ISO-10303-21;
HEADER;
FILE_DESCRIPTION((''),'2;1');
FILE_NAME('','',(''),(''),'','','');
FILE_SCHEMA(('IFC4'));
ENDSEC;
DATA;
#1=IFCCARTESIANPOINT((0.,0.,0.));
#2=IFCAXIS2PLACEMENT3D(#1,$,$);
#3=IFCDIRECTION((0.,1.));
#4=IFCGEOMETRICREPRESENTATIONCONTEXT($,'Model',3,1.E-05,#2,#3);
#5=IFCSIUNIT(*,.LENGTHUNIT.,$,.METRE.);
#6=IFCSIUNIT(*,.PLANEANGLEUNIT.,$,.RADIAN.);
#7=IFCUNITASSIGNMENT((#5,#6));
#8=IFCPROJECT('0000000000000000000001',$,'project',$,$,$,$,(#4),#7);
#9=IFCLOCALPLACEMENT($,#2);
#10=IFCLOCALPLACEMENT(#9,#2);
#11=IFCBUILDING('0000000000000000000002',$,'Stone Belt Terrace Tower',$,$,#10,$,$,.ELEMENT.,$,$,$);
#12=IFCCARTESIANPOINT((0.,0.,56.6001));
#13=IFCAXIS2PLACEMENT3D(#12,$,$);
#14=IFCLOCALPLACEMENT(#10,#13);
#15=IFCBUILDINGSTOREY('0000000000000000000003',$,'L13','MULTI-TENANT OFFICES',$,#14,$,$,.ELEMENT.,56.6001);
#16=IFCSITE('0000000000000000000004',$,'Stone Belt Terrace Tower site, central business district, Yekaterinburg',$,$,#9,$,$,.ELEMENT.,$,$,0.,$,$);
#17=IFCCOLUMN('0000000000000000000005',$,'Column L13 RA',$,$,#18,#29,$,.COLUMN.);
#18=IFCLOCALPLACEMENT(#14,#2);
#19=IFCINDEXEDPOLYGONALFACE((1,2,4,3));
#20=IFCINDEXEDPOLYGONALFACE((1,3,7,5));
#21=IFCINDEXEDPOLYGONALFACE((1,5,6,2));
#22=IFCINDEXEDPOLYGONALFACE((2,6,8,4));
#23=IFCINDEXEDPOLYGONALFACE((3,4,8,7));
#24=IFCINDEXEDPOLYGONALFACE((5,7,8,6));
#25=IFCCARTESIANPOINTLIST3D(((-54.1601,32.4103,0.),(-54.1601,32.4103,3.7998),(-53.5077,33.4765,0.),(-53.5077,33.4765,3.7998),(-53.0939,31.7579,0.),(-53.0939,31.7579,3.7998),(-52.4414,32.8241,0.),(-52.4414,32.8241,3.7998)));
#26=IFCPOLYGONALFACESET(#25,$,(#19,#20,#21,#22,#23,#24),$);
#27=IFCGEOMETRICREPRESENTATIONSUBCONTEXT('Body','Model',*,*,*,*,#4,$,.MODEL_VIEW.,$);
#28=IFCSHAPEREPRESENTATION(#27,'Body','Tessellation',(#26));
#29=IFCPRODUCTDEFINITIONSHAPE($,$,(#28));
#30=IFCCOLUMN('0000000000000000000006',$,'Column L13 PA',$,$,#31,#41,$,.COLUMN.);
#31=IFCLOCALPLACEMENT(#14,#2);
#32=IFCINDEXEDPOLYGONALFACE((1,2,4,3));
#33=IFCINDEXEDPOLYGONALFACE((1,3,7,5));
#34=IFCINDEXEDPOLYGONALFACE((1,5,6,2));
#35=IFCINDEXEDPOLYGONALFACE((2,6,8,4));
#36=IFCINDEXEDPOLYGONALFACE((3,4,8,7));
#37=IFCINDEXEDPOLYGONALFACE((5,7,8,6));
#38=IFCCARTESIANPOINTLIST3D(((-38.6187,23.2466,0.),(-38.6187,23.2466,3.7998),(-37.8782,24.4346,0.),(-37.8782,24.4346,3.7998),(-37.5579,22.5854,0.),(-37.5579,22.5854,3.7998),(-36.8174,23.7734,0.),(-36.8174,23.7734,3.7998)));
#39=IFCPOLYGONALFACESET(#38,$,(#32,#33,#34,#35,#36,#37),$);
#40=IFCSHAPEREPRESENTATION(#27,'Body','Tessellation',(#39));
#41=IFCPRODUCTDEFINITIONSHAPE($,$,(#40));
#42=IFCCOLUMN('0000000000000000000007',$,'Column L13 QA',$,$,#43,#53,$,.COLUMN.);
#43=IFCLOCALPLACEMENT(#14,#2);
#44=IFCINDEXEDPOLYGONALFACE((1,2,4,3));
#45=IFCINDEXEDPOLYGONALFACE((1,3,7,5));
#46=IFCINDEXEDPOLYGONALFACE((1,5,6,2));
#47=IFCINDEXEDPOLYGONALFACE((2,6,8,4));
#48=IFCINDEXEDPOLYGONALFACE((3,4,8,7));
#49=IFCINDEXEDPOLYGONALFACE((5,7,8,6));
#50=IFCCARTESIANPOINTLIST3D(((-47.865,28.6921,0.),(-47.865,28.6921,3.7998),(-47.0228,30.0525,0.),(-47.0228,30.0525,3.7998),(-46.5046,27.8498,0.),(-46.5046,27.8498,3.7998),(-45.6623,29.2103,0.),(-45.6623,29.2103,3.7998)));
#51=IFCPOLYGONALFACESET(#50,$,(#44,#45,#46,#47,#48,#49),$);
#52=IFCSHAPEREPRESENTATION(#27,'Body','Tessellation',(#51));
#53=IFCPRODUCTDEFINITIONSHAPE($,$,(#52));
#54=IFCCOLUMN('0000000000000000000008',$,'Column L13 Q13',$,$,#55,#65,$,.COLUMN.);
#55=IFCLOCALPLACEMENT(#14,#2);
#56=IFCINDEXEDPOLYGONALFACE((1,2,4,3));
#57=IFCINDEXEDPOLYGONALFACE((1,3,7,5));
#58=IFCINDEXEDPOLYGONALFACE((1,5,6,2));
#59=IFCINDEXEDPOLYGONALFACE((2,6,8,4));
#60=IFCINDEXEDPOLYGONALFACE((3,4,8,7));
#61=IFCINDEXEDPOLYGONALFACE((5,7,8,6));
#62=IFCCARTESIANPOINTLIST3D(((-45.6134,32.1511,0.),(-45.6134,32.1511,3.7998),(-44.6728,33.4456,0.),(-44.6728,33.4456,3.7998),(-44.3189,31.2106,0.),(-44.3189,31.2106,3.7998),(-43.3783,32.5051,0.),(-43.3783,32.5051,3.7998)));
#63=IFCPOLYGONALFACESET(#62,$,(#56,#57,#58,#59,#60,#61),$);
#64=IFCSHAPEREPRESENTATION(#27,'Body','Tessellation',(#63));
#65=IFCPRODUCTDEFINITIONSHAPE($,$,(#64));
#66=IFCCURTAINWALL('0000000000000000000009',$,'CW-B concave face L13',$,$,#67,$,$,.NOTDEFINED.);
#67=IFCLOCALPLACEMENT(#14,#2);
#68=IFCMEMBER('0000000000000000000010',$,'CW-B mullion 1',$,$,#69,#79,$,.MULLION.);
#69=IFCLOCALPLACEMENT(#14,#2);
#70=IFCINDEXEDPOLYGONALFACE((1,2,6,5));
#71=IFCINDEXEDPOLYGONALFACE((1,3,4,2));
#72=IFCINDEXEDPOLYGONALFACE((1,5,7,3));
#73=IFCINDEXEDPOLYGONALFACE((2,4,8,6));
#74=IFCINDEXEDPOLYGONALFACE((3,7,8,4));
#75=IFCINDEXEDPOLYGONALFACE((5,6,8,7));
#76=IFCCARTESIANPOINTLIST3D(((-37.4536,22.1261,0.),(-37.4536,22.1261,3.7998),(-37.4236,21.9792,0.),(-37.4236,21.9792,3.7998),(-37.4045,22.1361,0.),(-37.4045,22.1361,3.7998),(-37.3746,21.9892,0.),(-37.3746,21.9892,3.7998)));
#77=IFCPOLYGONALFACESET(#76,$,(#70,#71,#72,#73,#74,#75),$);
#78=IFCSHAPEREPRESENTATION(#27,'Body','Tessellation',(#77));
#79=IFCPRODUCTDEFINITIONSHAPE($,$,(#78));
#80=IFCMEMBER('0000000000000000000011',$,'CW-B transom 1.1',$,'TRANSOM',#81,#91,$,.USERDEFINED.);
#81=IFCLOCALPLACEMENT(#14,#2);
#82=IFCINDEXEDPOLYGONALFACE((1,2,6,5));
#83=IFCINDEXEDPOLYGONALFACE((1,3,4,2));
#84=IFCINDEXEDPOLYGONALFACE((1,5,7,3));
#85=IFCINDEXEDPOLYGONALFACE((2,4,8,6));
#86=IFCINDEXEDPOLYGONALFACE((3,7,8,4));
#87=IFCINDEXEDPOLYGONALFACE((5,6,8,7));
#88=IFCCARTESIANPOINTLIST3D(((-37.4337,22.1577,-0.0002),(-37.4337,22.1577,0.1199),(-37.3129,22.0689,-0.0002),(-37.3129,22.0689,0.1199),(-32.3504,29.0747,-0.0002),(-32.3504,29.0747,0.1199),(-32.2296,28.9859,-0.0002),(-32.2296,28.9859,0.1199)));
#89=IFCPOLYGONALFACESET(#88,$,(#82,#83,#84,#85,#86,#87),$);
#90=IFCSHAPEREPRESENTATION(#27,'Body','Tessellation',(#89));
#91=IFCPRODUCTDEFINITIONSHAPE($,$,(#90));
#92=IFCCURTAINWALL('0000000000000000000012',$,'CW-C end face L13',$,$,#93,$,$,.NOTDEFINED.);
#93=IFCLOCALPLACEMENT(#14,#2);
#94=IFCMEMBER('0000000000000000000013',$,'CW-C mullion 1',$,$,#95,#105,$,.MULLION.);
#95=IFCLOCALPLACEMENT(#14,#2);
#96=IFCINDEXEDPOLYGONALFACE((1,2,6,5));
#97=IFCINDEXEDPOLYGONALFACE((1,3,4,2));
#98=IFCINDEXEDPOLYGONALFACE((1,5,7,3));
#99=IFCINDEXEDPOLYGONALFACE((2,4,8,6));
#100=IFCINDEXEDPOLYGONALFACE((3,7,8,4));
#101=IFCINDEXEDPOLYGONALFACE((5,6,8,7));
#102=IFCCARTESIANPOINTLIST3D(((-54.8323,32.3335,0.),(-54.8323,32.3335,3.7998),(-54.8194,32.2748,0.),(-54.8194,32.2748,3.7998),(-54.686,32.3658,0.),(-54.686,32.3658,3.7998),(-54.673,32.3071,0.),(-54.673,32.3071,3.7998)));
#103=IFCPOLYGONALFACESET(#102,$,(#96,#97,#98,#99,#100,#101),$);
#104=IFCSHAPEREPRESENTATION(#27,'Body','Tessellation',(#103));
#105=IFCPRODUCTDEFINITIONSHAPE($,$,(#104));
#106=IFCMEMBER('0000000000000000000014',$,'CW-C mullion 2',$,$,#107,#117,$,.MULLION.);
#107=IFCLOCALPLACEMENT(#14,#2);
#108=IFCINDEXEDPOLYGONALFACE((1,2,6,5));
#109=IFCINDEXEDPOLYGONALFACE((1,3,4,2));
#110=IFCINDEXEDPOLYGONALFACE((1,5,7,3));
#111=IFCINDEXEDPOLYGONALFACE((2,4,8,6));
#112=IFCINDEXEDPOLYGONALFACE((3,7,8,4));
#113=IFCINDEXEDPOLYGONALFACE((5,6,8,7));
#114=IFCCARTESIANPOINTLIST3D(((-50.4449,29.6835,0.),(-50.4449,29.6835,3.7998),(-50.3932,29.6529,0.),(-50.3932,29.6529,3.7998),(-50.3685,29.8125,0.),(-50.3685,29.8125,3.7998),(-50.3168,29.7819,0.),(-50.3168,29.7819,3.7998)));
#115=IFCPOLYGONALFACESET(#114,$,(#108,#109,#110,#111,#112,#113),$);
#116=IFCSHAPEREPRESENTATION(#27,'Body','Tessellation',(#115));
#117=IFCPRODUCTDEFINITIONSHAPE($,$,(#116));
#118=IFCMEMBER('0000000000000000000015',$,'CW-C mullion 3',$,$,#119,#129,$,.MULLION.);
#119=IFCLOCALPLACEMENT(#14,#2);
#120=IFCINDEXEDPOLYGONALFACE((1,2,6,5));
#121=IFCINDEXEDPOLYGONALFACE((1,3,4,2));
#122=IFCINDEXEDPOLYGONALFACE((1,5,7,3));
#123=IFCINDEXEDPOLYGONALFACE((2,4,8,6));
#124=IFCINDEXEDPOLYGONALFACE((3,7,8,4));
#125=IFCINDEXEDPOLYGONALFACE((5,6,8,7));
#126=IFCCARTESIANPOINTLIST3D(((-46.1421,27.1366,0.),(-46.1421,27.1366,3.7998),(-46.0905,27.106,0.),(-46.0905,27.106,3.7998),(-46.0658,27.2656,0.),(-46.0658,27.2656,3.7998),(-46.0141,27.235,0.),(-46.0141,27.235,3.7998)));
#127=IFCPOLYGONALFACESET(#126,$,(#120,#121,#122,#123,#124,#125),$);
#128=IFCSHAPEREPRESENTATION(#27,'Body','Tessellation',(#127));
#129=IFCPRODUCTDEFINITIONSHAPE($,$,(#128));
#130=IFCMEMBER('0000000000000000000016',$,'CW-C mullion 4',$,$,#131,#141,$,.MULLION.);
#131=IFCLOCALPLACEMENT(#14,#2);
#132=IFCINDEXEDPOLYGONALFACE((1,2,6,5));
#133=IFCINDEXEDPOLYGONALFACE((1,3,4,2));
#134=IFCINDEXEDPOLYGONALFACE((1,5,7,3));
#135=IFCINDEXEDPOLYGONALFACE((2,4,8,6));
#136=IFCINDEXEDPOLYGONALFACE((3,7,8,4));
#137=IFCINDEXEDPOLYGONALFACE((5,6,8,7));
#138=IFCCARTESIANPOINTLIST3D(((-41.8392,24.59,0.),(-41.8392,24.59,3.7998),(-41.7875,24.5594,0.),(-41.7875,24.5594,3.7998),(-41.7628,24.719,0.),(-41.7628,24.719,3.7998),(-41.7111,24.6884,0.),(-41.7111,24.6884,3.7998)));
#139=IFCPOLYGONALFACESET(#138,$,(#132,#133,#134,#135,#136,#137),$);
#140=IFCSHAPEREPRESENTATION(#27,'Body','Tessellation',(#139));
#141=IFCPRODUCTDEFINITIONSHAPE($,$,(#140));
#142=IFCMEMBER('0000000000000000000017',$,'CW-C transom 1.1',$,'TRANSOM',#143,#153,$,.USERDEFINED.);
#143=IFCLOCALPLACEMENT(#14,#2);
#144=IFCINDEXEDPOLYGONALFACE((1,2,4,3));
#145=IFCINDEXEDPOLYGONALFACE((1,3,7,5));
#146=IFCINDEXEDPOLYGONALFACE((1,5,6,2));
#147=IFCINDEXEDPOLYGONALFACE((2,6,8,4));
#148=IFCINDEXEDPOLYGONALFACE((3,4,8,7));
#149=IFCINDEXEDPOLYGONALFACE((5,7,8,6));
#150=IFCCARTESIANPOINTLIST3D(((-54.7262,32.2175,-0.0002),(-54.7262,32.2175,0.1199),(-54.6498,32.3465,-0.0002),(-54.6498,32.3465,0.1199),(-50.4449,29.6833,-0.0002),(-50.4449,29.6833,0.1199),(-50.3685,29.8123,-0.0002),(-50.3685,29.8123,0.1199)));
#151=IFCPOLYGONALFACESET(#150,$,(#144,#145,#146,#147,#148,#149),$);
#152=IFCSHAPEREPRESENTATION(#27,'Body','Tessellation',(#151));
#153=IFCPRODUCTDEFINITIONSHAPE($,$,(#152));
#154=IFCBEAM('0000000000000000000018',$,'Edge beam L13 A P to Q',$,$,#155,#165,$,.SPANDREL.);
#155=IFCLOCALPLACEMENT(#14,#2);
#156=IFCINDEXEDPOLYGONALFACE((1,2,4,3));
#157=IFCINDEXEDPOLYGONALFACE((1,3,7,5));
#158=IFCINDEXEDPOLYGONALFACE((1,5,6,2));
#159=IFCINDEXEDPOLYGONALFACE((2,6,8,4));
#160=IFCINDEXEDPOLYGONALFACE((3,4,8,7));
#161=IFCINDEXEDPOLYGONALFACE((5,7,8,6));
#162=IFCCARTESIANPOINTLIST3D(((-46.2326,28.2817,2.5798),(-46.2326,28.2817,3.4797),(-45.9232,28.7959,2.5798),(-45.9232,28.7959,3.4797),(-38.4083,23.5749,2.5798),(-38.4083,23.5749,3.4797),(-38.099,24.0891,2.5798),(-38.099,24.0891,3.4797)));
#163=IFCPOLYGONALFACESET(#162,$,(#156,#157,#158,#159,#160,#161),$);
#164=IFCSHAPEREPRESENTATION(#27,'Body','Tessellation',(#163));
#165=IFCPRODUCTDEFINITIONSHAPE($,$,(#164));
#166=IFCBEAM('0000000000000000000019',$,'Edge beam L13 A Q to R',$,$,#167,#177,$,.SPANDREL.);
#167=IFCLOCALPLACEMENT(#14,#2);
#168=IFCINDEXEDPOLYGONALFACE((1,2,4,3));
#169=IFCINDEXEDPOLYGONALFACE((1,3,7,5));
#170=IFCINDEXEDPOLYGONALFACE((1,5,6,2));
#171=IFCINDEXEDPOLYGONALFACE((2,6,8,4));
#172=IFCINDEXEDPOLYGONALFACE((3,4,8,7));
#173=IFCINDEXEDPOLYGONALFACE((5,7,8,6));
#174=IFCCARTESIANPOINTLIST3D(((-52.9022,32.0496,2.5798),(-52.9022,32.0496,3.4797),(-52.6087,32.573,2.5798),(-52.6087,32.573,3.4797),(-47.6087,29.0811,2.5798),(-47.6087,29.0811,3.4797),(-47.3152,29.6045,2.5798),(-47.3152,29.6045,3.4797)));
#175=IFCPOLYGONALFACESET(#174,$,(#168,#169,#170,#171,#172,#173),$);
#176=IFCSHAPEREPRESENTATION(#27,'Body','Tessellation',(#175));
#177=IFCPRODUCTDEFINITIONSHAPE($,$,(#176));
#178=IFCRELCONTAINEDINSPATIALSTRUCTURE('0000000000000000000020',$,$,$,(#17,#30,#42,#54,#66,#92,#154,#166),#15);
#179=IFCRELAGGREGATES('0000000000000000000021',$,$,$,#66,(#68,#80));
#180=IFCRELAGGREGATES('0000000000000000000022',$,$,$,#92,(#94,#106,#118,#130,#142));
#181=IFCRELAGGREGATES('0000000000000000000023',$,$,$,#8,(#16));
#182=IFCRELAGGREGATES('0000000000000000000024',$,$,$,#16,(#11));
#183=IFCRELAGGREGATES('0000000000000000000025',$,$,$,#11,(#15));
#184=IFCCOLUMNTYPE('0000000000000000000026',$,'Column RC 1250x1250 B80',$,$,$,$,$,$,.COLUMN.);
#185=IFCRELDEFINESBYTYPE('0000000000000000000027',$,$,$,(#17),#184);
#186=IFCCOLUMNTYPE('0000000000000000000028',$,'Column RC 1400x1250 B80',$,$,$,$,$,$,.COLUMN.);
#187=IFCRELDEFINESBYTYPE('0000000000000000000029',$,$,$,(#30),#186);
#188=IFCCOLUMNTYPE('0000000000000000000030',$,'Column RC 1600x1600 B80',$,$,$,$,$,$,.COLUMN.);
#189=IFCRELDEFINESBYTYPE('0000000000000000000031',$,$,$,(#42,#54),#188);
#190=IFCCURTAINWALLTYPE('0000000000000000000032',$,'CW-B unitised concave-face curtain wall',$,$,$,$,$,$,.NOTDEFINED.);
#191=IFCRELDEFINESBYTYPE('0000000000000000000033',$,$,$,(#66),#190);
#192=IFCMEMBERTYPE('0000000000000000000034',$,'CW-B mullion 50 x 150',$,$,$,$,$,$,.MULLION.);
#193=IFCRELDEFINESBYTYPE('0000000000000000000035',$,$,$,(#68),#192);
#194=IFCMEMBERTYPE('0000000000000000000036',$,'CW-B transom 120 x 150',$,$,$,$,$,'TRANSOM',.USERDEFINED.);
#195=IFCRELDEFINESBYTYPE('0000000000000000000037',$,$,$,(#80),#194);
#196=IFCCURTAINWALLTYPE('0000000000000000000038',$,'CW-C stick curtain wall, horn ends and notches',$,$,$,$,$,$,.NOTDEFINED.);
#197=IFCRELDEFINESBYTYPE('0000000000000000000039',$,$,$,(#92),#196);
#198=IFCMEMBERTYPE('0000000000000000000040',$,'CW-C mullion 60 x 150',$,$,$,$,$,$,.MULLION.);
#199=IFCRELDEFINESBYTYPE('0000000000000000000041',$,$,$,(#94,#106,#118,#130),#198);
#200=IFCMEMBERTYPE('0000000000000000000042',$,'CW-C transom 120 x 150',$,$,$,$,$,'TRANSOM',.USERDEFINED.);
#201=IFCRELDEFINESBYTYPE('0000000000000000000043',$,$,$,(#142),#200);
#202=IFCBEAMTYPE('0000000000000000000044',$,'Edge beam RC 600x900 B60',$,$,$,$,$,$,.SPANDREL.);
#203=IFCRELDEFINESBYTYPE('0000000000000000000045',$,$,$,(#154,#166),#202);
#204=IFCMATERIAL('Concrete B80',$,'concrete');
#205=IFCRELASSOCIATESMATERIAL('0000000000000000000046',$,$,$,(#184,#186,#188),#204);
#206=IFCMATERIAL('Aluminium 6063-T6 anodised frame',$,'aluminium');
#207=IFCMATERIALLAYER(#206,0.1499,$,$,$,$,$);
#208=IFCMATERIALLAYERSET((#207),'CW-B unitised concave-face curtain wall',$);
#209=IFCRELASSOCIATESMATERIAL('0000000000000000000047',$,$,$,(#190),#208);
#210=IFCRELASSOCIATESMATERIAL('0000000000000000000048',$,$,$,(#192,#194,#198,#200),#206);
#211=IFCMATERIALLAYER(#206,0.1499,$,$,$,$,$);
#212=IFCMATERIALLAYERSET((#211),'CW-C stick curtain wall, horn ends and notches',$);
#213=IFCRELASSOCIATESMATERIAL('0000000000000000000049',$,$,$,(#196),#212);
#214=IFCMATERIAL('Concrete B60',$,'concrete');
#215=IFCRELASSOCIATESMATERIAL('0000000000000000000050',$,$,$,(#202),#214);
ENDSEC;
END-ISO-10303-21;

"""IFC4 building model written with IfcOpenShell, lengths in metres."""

from ifc_helpers import new_model, si_unit, direction, frame, origin, origin_2d, place, context, subcontext, project, spatial, rectangle, extrude, material, layer, layer_set, material_profile, profile_set, type_object, element, aggregate, save


model = new_model("IFC4")

# Units and contexts
model_context = context("Model", 3, precision=1e-05, world=origin(), true_north=direction((0.0, 1.0)))
body_context = subcontext(model_context, "Body", "Model", "MODEL_VIEW")
ifc_project = project(units=[si_unit("LENGTHUNIT", "METRE"), si_unit("PLANEANGLEUNIT", "RADIAN")], contexts=[model_context])

# Site, building, storey
site_placement = place(None, origin())
site = spatial("IfcSite", under=ifc_project, at=site_placement, Name="Stone Belt Terrace Tower site, central business district, Yekaterinburg", CompositionType="ELEMENT", RefElevation=0.0)
building_placement = place(site_placement, origin())
building = spatial("IfcBuilding", under=site, at=building_placement, Name="Stone Belt Terrace Tower", CompositionType="ELEMENT")
storey_placement = place(building_placement, frame((0.0, 0.0, 56.6001)))
storey = spatial("IfcBuildingStorey", under=building, at=storey_placement, Name="L13", Description="MULTI-TENANT OFFICES", CompositionType="ELEMENT", Elevation=56.6001)

# Columns
ifc_material_1 = material(Name="Concrete B80", Category="concrete")
ifc_material_profile_1 = material_profile(ifc_material_1, rectangle(XDim=1.25, YDim=1.25, at=origin_2d()), Name="RC 1250x1250")
ifc_profile_set_1 = profile_set([ifc_material_profile_1], Name="Concrete B80")
column_type_1 = type_object("IfcColumnType", Name="Column RC 1250x1250 B80", PredefinedType="COLUMN", material=ifc_profile_set_1)
column_1_placement = place(storey_placement, frame((-53.3008, 32.6172, 0.0), z_axis=(0.0, 0.0, 1.0), x_axis=(0.521967, 0.852966, 0.0)))
element("IfcColumn", 1, at=column_1_placement, inside=storey, type_object=column_type_1, Name="Column L13 RA", PredefinedType="COLUMN", context=body_context, shape_type="SweptSolid", body=[
    extrude(rectangle(XDim=1.25, YDim=1.25, at=origin_2d()), origin(), (0.0, 0.0, 1.0), 3.7998),
])
ifc_material_profile_2 = material_profile(ifc_material_1, rectangle(XDim=1.3999, YDim=1.25, at=origin_2d()), Name="RC 1400x1250")
ifc_profile_set_2 = profile_set([ifc_material_profile_2], Name="Concrete B80")
column_type_2 = type_object("IfcColumnType", Name="Column RC 1400x1250 B80", PredefinedType="COLUMN", material=ifc_profile_set_2)
column_2_placement = place(storey_placement, frame((-37.718, 23.51, 0.0), z_axis=(0.0, 0.0, 1.0), x_axis=(0.528967, 0.848642, 0.0)))
element("IfcColumn", 2, at=column_2_placement, inside=storey, type_object=column_type_2, Name="Column L13 PA", PredefinedType="COLUMN", context=body_context, shape_type="SweptSolid", body=[
    extrude(rectangle(XDim=1.3999, YDim=1.25, at=origin_2d()), origin(), (0.0, 0.0, 1.0), 3.7998),
])
ifc_material_profile_3 = material_profile(ifc_material_1, rectangle(XDim=1.6001, YDim=1.6001, at=origin_2d()), Name="RC 1600x1600")
ifc_profile_set_3 = profile_set([ifc_material_profile_3], Name="Concrete B80")
column_type_3 = type_object("IfcColumnType", Name="Column RC 1600x1600 B80", PredefinedType="COLUMN", material=ifc_profile_set_3)
for number, where, z_axis, x_axis, name in (
    (3, (-46.7637, 28.9512, 0.0), (0.0, 0.0, 1.0), (0.526383, 0.850248, 0.0), "Column L13 QA"),
    (4, (-44.4958, 32.3281, 0.0), (0.0, 0.0, 1.0), (0.587785, 0.809017, 0.0), "Column L13 Q13"),
):
    element("IfcColumn", number, at=place(storey_placement, frame(where, z_axis=z_axis, x_axis=x_axis)), inside=storey, type_object=column_type_3, Name=name, PredefinedType="COLUMN", context=body_context, shape_type="SweptSolid", body=[
        extrude(rectangle(XDim=1.6001, YDim=1.6001, at=origin_2d()), origin(), (0.0, 0.0, 1.0), 3.7998),
    ])

# Curtain walls, members
ifc_material_2 = material(Name="Aluminium 6063-T6 anodised frame", Category="aluminium")
ifc_layer_1 = layer(ifc_material_2, 0.1499)
ifc_layer_set_1 = layer_set([ifc_layer_1], Name="CW-B unitised concave-face curtain wall")
curtain_wall_type_1 = type_object("IfcCurtainWallType", Name="CW-B unitised concave-face curtain wall", PredefinedType="NOTDEFINED", material=ifc_layer_set_1)
curtain_wall_1_placement = place(storey_placement, origin())
curtain_wall_1 = element("IfcCurtainWall", 5, at=curtain_wall_1_placement, inside=storey, type_object=curtain_wall_type_1, Name="CW-B concave face L13", PredefinedType="NOTDEFINED")
ifc_material_profile_4 = material_profile(ifc_material_2, rectangle(XDim=0.1499, YDim=0.05, at=origin_2d()), Name="Aluminium 6063-T6 50x150")
ifc_profile_set_4 = profile_set([ifc_material_profile_4], Name="Aluminium 6063-T6 anodised frame")
member_type_1 = type_object("IfcMemberType", Name="CW-B mullion 50 x 150", PredefinedType="MULLION", material=ifc_profile_set_4)
member_1_placement = place(storey_placement, frame((-37.4141, 22.0576, 0.0), z_axis=(0.0, 0.0, 1.0), x_axis=(-0.199957, 0.979805, 0.0)))
member_1 = element("IfcMember", 6, at=member_1_placement, type_object=member_type_1, Name="CW-B mullion 1", PredefinedType="MULLION", context=body_context, shape_type="SweptSolid", body=[
    extrude(rectangle(XDim=0.1499, YDim=0.05, at=origin_2d()), origin(), (0.0, 0.0, 1.0), 3.7998),
])
ifc_material_profile_5 = material_profile(ifc_material_2, rectangle(XDim=0.1499, YDim=0.1201, at=origin_2d()), Name="Aluminium 6063-T6 150x120")
ifc_profile_set_5 = profile_set([ifc_material_profile_5], Name="Aluminium 6063-T6 anodised frame")
member_type_2 = type_object("IfcMemberType", Name="CW-B transom 120 x 150", ElementType="TRANSOM", PredefinedType="USERDEFINED", material=ifc_profile_set_5)
member_2_placement = place(storey_placement, frame((-37.3733, 22.1133, 0.0598), z_axis=(0.592181, 0.805805, 0.0), x_axis=(-0.805805, 0.592181, 0.0)))
member_2 = element("IfcMember", 7, at=member_2_placement, type_object=member_type_2, Name="CW-B transom 1.1", ObjectType="TRANSOM", PredefinedType="USERDEFINED", context=body_context, shape_type="SweptSolid", body=[
    extrude(rectangle(XDim=0.1499, YDim=0.1201, at=origin_2d()), origin(), (0.0, 0.0, 1.0), 8.584),
])
ifc_layer_2 = layer(ifc_material_2, 0.1499)
ifc_layer_set_2 = layer_set([ifc_layer_2], Name="CW-C stick curtain wall, horn ends and notches")
curtain_wall_type_2 = type_object("IfcCurtainWallType", Name="CW-C stick curtain wall, horn ends and notches", PredefinedType="NOTDEFINED", material=ifc_layer_set_2)
curtain_wall_2_placement = place(storey_placement, origin())
curtain_wall_2 = element("IfcCurtainWall", 8, at=curtain_wall_2_placement, inside=storey, type_object=curtain_wall_type_2, Name="CW-C end face L13", PredefinedType="NOTDEFINED")
ifc_material_profile_6 = material_profile(ifc_material_2, rectangle(XDim=0.1499, YDim=0.0601, at=origin_2d()), Name="Aluminium 6063-T6 60x150")
ifc_profile_set_6 = profile_set([ifc_material_profile_6], Name="Aluminium 6063-T6 anodised frame")
member_type_3 = type_object("IfcMemberType", Name="CW-C mullion 60 x 150", PredefinedType="MULLION", material=ifc_profile_set_6)
member_3_placement = place(storey_placement, frame((-54.7527, 32.3203, 0.0), z_axis=(0.0, 0.0, 1.0), x_axis=(0.97652, 0.215429, 0.0)))
member_3 = element("IfcMember", 9, at=member_3_placement, type_object=member_type_3, Name="CW-C mullion 1", PredefinedType="MULLION", context=body_context, shape_type="SweptSolid", body=[
    extrude(rectangle(XDim=0.1499, YDim=0.0601, at=origin_2d()), origin(), (0.0, 0.0, 1.0), 3.7998),
])
member_4_placement = place(storey_placement, frame((-50.3809, 29.7327, 0.0), z_axis=(0.0, 0.0, 1.0), x_axis=(0.509353, 0.860558, 0.0)))
member_4 = element("IfcMember", 10, at=member_4_placement, type_object=member_type_3, Name="CW-C mullion 2", PredefinedType="MULLION", context=body_context, shape_type="SweptSolid", body=[
    extrude(rectangle(XDim=0.1499, YDim=0.0601, at=origin_2d()), origin(), (0.0, 0.0, 1.0), 3.7998),
])
member_5_placement = place(storey_placement, frame((-46.0781, 27.1858, 0.0), z_axis=(0.0, 0.0, 1.0), x_axis=(0.509353, 0.860558, 0.0)))
member_5 = element("IfcMember", 11, at=member_5_placement, type_object=member_type_3, Name="CW-C mullion 3", PredefinedType="MULLION", context=body_context, shape_type="SweptSolid", body=[
    extrude(rectangle(XDim=0.1499, YDim=0.0601, at=origin_2d()), origin(), (0.0, 0.0, 1.0), 3.7998),
])
member_6_placement = place(storey_placement, frame((-41.7751, 24.6392, 0.0), z_axis=(0.0, 0.0, 1.0), x_axis=(0.509353, 0.860558, 0.0)))
member_6 = element("IfcMember", 12, at=member_6_placement, type_object=member_type_3, Name="CW-C mullion 4", PredefinedType="MULLION", context=body_context, shape_type="SweptSolid", body=[
    extrude(rectangle(XDim=0.1499, YDim=0.0601, at=origin_2d()), origin(), (0.0, 0.0, 1.0), 3.7998),
])
ifc_material_profile_7 = material_profile(ifc_material_2, rectangle(XDim=0.1499, YDim=0.1201, at=origin_2d()), Name="Aluminium 6063-T6 150x120")
ifc_profile_set_7 = profile_set([ifc_material_profile_7], Name="Aluminium 6063-T6 anodised frame")
member_type_4 = type_object("IfcMemberType", Name="CW-C transom 120 x 150", ElementType="TRANSOM", PredefinedType="USERDEFINED", material=ifc_profile_set_7)
member_7_placement = place(storey_placement, frame((-54.688, 32.282, 0.0598), z_axis=(0.860543, -0.509377, 0.0), x_axis=(0.509377, 0.860543, 0.0)))
member_7 = element("IfcMember", 13, at=member_7_placement, type_object=member_type_4, Name="CW-C transom 1.1", ObjectType="TRANSOM", PredefinedType="USERDEFINED", context=body_context, shape_type="SweptSolid", body=[
    extrude(rectangle(XDim=0.1499, YDim=0.1201, at=origin_2d()), origin(), (0.0, 0.0, 1.0), 4.9751),
])

# Beams
ifc_material_3 = material(Name="Concrete B60", Category="concrete")
ifc_material_profile_8 = material_profile(ifc_material_3, rectangle(XDim=0.6001, YDim=0.8999, at=origin_2d()), Name="RC 600x900")
ifc_profile_set_8 = profile_set([ifc_material_profile_8], Name="Concrete B60")
beam_type = type_object("IfcBeamType", Name="Edge beam RC 600x900 B60", PredefinedType="SPANDREL", material=ifc_profile_set_8)
beam_1_placement = place(storey_placement, frame((-38.2537, 23.832, 3.0298), z_axis=(-0.8569, 0.515482, 0.0), x_axis=(-0.515482, -0.8569, 0.0)))
element("IfcBeam", 14, at=beam_1_placement, inside=storey, type_object=beam_type, Name="Edge beam L13 A P to Q", PredefinedType="SPANDREL", context=body_context, shape_type="SweptSolid", body=[
    extrude(rectangle(XDim=0.6001, YDim=0.8999, at=origin_2d()), origin(), (0.0, 0.0, 1.0), 9.1309),
])
beam_2_placement = place(storey_placement, frame((-47.4619, 29.3428, 3.0298), z_axis=(-0.872213, 0.489126, 0.0), x_axis=(-0.489126, -0.872213, 0.0)))
element("IfcBeam", 15, at=beam_2_placement, inside=storey, type_object=beam_type, Name="Edge beam L13 A Q to R", PredefinedType="SPANDREL", context=body_context, shape_type="SweptSolid", body=[
    extrude(rectangle(XDim=0.6001, YDim=0.8999, at=origin_2d()), origin(), (0.0, 0.0, 1.0), 6.0691),
])

aggregate(curtain_wall_1, [member_1, member_2])
aggregate(curtain_wall_2, [member_3, member_4, member_5, member_6, member_7])

save(model, "model.ifc")
